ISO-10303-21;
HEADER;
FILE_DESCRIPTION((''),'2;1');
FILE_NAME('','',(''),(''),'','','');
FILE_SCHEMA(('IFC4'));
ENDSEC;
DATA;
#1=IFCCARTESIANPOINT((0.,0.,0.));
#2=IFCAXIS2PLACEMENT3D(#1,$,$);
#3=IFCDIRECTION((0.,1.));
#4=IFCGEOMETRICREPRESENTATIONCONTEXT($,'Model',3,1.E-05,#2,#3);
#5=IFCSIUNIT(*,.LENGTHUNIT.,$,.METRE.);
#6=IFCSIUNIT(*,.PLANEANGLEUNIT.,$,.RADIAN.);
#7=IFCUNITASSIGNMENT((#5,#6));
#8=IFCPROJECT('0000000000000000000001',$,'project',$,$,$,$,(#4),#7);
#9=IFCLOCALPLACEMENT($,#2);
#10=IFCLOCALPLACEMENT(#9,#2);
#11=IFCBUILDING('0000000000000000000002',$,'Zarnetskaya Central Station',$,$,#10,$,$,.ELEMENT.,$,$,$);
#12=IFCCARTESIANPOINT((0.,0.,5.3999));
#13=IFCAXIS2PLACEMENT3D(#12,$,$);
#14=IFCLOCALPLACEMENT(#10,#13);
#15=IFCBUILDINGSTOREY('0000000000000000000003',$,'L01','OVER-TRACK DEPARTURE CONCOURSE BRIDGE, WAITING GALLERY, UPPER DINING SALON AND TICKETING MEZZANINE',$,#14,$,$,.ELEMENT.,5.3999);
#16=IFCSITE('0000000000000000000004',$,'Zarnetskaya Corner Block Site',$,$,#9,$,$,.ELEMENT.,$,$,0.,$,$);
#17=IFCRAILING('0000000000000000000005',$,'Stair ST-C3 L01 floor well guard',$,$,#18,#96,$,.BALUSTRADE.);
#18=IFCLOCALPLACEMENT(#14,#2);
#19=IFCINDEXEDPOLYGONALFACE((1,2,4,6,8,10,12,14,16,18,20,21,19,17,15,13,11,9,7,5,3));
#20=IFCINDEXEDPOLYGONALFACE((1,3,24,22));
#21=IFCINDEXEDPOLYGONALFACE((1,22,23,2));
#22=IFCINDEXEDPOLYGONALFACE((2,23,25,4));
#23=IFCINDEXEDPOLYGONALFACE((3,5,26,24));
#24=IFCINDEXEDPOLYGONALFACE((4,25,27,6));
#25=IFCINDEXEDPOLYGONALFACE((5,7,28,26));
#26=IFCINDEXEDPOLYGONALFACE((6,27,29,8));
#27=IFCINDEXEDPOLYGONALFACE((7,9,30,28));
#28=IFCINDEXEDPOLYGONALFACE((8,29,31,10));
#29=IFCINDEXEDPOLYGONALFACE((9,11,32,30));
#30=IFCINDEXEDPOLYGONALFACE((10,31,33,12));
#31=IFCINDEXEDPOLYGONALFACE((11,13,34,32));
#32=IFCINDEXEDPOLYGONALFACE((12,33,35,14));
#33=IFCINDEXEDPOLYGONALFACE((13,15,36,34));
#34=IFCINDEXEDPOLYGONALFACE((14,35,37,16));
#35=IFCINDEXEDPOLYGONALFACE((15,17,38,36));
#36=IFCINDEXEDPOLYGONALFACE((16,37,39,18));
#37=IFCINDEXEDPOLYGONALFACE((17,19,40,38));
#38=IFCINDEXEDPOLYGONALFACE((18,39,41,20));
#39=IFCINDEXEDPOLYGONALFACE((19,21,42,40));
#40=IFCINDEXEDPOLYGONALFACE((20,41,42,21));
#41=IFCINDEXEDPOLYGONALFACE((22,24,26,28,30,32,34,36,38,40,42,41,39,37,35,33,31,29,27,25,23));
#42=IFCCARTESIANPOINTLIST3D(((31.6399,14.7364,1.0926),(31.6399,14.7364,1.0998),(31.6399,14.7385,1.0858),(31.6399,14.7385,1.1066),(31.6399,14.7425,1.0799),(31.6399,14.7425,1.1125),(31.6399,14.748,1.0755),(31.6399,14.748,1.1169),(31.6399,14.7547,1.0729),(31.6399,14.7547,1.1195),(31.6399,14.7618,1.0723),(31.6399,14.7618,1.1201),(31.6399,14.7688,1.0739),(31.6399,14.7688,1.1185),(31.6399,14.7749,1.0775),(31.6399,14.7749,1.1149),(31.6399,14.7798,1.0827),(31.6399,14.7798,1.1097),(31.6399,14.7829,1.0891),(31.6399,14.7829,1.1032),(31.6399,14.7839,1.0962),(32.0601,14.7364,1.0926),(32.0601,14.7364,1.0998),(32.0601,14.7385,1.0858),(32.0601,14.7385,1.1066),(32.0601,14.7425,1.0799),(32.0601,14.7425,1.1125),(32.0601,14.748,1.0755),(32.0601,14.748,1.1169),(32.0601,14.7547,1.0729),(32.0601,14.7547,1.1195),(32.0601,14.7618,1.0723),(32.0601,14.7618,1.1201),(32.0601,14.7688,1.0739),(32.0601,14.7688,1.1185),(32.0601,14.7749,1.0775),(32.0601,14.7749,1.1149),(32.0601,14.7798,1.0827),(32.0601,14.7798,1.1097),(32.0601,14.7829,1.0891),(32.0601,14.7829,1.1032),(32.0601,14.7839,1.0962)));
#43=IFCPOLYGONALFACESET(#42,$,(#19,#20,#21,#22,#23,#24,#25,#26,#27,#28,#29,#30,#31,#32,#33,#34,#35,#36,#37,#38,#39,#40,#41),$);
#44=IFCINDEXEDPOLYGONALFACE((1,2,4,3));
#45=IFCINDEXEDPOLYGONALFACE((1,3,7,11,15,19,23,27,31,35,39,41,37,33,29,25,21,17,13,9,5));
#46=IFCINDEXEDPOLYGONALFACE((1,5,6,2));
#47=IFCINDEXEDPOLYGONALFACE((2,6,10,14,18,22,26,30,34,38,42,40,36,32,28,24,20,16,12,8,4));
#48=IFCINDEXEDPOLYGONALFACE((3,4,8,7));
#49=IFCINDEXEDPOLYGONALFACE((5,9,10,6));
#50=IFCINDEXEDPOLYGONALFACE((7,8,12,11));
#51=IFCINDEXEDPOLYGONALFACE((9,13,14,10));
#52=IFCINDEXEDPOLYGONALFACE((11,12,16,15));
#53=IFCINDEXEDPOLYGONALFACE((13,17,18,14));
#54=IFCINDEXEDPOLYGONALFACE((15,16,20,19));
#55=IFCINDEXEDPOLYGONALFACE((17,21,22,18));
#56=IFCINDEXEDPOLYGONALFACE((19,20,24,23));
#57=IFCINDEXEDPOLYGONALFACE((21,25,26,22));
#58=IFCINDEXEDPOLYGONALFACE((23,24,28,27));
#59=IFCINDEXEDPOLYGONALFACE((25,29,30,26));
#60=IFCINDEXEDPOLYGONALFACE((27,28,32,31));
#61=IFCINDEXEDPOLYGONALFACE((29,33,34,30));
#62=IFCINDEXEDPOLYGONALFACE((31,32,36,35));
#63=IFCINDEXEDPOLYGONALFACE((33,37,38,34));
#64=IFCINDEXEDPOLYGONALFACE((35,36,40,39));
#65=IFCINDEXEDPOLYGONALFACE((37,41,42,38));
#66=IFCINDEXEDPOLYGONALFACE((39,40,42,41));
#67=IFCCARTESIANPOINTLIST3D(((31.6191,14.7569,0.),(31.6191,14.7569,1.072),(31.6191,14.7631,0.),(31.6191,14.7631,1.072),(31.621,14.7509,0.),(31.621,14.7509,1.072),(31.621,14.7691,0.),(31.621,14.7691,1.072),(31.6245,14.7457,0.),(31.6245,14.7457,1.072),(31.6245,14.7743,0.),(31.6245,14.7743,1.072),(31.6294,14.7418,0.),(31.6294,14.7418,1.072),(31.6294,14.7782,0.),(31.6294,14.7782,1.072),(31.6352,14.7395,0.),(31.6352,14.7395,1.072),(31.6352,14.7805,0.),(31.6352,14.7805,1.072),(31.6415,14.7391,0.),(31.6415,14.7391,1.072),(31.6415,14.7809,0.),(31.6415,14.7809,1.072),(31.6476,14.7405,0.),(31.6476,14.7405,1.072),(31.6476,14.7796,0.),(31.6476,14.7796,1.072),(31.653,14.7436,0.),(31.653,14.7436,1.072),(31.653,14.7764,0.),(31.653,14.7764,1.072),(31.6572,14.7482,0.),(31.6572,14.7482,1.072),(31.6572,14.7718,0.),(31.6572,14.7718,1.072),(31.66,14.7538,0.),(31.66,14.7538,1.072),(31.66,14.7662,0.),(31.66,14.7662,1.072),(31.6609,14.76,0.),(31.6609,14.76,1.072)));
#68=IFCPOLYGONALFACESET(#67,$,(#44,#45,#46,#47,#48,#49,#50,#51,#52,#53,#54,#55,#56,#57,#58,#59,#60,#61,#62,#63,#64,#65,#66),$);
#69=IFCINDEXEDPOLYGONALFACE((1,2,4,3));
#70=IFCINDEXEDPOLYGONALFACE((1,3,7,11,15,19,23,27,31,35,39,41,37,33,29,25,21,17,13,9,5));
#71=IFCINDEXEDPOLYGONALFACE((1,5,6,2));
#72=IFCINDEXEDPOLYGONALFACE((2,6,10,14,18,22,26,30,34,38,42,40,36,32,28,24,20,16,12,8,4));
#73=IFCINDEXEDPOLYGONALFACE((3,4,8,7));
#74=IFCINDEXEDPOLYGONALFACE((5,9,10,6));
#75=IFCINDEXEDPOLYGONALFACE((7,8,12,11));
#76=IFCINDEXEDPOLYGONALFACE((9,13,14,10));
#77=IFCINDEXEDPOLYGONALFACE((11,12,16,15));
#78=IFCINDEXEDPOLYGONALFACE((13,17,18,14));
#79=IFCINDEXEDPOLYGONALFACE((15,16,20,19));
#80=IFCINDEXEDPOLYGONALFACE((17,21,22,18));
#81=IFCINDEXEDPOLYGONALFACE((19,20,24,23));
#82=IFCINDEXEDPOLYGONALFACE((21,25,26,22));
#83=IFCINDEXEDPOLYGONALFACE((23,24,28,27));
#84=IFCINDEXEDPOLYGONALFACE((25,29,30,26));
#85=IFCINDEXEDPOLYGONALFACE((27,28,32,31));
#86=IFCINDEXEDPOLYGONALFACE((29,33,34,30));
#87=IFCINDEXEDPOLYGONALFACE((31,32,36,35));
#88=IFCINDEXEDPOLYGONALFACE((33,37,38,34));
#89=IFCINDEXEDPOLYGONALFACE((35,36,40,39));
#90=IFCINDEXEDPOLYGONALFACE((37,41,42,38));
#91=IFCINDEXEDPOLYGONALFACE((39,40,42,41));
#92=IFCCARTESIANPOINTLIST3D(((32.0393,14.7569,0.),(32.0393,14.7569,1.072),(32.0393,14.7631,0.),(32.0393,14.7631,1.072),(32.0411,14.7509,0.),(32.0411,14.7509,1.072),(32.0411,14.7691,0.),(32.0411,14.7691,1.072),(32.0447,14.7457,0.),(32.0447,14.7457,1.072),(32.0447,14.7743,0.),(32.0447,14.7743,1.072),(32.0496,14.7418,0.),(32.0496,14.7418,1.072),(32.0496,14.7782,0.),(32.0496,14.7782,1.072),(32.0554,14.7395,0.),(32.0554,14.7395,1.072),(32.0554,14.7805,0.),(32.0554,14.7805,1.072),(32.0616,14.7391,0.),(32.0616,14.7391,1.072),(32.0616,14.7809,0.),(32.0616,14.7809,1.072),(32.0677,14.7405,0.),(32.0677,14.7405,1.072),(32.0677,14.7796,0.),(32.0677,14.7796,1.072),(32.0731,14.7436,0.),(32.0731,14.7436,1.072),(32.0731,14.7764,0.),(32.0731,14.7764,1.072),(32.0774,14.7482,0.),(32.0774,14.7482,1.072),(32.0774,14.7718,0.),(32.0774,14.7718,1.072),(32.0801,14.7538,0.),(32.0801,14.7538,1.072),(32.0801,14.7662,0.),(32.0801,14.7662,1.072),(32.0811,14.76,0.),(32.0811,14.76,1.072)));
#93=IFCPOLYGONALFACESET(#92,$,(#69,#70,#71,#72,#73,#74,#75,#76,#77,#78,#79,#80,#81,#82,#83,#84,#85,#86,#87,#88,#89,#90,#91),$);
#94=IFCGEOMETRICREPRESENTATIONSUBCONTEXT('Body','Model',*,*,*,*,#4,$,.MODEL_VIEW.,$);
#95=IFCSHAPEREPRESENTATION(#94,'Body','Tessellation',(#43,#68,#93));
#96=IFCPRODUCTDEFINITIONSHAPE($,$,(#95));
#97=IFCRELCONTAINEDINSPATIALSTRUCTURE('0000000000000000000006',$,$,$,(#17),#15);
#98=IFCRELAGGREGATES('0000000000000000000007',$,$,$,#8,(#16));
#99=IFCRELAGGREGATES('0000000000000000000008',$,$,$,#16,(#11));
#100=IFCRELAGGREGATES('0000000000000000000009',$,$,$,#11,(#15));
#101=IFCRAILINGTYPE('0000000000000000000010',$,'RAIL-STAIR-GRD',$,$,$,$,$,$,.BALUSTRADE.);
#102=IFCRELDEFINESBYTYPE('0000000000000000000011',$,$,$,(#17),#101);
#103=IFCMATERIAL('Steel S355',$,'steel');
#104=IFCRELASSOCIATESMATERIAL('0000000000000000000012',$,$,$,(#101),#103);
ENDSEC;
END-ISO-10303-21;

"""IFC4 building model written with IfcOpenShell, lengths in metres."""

from ifc_helpers import new_model, si_unit, direction, frame, origin, origin_2d, place, context, subcontext, project, spatial, circle, extrude, material, type_object, element, save


model = new_model("IFC4")

# Units and contexts
model_context = context("Model", 3, precision=1e-05, world=origin(), true_north=direction((0.0, 1.0)))
body_context = subcontext(model_context, "Body", "Model", "MODEL_VIEW")
ifc_project = project(units=[si_unit("LENGTHUNIT", "METRE"), si_unit("PLANEANGLEUNIT", "RADIAN")], contexts=[model_context])

# Site, building, storey
site_placement = place(None, origin())
site = spatial("IfcSite", under=ifc_project, at=site_placement, Name="Zarnetskaya Corner Block Site", CompositionType="ELEMENT", RefElevation=0.0)
building_placement = place(site_placement, origin())
building = spatial("IfcBuilding", under=site, at=building_placement, Name="Zarnetskaya Central Station", CompositionType="ELEMENT")
storey_placement = place(building_placement, frame((0.0, 0.0, 5.3999)))
storey = spatial("IfcBuildingStorey", under=building, at=storey_placement, Name="L01", Description="OVER-TRACK DEPARTURE CONCOURSE BRIDGE, WAITING GALLERY, UPPER DINING SALON AND TICKETING MEZZANINE", CompositionType="ELEMENT", Elevation=5.3999)

# Shared definitions
ifc_material_1 = material(Name="Steel S355", Category="steel")

# Railing
railing_type_1 = type_object("IfcRailingType", Name="RAIL-STAIR-GRD", PredefinedType="BALUSTRADE", material=ifc_material_1)
railing_1_placement = place(storey_placement, frame((31.6399, 14.76, 0.0)))
element("IfcRailing", 1, at=railing_1_placement, inside=storey, type_object=railing_type_1, Name="Stair ST-C3 L01 floor well guard", PredefinedType="BALUSTRADE", context=body_context, shape_type="SweptSolid", body=[
    extrude(circle(Radius=0.0239, at=origin_2d()), frame((0.0, 0.0, 1.0962), z_axis=(1.0, 0.0, 0.0), x_axis=(0.0, 1.0, 0.0)), (0.0, 0.0, 1.0), 0.4202),
    extrude(circle(Radius=0.021, at=origin_2d()), origin(), (0.0, 0.0, 1.0), 1.072),
    extrude(circle(Radius=0.021, at=origin_2d()), frame((0.4202, 0.0, 0.0)), (0.0, 0.0, 1.0), 1.072),
])

save(model, "model.ifc")
